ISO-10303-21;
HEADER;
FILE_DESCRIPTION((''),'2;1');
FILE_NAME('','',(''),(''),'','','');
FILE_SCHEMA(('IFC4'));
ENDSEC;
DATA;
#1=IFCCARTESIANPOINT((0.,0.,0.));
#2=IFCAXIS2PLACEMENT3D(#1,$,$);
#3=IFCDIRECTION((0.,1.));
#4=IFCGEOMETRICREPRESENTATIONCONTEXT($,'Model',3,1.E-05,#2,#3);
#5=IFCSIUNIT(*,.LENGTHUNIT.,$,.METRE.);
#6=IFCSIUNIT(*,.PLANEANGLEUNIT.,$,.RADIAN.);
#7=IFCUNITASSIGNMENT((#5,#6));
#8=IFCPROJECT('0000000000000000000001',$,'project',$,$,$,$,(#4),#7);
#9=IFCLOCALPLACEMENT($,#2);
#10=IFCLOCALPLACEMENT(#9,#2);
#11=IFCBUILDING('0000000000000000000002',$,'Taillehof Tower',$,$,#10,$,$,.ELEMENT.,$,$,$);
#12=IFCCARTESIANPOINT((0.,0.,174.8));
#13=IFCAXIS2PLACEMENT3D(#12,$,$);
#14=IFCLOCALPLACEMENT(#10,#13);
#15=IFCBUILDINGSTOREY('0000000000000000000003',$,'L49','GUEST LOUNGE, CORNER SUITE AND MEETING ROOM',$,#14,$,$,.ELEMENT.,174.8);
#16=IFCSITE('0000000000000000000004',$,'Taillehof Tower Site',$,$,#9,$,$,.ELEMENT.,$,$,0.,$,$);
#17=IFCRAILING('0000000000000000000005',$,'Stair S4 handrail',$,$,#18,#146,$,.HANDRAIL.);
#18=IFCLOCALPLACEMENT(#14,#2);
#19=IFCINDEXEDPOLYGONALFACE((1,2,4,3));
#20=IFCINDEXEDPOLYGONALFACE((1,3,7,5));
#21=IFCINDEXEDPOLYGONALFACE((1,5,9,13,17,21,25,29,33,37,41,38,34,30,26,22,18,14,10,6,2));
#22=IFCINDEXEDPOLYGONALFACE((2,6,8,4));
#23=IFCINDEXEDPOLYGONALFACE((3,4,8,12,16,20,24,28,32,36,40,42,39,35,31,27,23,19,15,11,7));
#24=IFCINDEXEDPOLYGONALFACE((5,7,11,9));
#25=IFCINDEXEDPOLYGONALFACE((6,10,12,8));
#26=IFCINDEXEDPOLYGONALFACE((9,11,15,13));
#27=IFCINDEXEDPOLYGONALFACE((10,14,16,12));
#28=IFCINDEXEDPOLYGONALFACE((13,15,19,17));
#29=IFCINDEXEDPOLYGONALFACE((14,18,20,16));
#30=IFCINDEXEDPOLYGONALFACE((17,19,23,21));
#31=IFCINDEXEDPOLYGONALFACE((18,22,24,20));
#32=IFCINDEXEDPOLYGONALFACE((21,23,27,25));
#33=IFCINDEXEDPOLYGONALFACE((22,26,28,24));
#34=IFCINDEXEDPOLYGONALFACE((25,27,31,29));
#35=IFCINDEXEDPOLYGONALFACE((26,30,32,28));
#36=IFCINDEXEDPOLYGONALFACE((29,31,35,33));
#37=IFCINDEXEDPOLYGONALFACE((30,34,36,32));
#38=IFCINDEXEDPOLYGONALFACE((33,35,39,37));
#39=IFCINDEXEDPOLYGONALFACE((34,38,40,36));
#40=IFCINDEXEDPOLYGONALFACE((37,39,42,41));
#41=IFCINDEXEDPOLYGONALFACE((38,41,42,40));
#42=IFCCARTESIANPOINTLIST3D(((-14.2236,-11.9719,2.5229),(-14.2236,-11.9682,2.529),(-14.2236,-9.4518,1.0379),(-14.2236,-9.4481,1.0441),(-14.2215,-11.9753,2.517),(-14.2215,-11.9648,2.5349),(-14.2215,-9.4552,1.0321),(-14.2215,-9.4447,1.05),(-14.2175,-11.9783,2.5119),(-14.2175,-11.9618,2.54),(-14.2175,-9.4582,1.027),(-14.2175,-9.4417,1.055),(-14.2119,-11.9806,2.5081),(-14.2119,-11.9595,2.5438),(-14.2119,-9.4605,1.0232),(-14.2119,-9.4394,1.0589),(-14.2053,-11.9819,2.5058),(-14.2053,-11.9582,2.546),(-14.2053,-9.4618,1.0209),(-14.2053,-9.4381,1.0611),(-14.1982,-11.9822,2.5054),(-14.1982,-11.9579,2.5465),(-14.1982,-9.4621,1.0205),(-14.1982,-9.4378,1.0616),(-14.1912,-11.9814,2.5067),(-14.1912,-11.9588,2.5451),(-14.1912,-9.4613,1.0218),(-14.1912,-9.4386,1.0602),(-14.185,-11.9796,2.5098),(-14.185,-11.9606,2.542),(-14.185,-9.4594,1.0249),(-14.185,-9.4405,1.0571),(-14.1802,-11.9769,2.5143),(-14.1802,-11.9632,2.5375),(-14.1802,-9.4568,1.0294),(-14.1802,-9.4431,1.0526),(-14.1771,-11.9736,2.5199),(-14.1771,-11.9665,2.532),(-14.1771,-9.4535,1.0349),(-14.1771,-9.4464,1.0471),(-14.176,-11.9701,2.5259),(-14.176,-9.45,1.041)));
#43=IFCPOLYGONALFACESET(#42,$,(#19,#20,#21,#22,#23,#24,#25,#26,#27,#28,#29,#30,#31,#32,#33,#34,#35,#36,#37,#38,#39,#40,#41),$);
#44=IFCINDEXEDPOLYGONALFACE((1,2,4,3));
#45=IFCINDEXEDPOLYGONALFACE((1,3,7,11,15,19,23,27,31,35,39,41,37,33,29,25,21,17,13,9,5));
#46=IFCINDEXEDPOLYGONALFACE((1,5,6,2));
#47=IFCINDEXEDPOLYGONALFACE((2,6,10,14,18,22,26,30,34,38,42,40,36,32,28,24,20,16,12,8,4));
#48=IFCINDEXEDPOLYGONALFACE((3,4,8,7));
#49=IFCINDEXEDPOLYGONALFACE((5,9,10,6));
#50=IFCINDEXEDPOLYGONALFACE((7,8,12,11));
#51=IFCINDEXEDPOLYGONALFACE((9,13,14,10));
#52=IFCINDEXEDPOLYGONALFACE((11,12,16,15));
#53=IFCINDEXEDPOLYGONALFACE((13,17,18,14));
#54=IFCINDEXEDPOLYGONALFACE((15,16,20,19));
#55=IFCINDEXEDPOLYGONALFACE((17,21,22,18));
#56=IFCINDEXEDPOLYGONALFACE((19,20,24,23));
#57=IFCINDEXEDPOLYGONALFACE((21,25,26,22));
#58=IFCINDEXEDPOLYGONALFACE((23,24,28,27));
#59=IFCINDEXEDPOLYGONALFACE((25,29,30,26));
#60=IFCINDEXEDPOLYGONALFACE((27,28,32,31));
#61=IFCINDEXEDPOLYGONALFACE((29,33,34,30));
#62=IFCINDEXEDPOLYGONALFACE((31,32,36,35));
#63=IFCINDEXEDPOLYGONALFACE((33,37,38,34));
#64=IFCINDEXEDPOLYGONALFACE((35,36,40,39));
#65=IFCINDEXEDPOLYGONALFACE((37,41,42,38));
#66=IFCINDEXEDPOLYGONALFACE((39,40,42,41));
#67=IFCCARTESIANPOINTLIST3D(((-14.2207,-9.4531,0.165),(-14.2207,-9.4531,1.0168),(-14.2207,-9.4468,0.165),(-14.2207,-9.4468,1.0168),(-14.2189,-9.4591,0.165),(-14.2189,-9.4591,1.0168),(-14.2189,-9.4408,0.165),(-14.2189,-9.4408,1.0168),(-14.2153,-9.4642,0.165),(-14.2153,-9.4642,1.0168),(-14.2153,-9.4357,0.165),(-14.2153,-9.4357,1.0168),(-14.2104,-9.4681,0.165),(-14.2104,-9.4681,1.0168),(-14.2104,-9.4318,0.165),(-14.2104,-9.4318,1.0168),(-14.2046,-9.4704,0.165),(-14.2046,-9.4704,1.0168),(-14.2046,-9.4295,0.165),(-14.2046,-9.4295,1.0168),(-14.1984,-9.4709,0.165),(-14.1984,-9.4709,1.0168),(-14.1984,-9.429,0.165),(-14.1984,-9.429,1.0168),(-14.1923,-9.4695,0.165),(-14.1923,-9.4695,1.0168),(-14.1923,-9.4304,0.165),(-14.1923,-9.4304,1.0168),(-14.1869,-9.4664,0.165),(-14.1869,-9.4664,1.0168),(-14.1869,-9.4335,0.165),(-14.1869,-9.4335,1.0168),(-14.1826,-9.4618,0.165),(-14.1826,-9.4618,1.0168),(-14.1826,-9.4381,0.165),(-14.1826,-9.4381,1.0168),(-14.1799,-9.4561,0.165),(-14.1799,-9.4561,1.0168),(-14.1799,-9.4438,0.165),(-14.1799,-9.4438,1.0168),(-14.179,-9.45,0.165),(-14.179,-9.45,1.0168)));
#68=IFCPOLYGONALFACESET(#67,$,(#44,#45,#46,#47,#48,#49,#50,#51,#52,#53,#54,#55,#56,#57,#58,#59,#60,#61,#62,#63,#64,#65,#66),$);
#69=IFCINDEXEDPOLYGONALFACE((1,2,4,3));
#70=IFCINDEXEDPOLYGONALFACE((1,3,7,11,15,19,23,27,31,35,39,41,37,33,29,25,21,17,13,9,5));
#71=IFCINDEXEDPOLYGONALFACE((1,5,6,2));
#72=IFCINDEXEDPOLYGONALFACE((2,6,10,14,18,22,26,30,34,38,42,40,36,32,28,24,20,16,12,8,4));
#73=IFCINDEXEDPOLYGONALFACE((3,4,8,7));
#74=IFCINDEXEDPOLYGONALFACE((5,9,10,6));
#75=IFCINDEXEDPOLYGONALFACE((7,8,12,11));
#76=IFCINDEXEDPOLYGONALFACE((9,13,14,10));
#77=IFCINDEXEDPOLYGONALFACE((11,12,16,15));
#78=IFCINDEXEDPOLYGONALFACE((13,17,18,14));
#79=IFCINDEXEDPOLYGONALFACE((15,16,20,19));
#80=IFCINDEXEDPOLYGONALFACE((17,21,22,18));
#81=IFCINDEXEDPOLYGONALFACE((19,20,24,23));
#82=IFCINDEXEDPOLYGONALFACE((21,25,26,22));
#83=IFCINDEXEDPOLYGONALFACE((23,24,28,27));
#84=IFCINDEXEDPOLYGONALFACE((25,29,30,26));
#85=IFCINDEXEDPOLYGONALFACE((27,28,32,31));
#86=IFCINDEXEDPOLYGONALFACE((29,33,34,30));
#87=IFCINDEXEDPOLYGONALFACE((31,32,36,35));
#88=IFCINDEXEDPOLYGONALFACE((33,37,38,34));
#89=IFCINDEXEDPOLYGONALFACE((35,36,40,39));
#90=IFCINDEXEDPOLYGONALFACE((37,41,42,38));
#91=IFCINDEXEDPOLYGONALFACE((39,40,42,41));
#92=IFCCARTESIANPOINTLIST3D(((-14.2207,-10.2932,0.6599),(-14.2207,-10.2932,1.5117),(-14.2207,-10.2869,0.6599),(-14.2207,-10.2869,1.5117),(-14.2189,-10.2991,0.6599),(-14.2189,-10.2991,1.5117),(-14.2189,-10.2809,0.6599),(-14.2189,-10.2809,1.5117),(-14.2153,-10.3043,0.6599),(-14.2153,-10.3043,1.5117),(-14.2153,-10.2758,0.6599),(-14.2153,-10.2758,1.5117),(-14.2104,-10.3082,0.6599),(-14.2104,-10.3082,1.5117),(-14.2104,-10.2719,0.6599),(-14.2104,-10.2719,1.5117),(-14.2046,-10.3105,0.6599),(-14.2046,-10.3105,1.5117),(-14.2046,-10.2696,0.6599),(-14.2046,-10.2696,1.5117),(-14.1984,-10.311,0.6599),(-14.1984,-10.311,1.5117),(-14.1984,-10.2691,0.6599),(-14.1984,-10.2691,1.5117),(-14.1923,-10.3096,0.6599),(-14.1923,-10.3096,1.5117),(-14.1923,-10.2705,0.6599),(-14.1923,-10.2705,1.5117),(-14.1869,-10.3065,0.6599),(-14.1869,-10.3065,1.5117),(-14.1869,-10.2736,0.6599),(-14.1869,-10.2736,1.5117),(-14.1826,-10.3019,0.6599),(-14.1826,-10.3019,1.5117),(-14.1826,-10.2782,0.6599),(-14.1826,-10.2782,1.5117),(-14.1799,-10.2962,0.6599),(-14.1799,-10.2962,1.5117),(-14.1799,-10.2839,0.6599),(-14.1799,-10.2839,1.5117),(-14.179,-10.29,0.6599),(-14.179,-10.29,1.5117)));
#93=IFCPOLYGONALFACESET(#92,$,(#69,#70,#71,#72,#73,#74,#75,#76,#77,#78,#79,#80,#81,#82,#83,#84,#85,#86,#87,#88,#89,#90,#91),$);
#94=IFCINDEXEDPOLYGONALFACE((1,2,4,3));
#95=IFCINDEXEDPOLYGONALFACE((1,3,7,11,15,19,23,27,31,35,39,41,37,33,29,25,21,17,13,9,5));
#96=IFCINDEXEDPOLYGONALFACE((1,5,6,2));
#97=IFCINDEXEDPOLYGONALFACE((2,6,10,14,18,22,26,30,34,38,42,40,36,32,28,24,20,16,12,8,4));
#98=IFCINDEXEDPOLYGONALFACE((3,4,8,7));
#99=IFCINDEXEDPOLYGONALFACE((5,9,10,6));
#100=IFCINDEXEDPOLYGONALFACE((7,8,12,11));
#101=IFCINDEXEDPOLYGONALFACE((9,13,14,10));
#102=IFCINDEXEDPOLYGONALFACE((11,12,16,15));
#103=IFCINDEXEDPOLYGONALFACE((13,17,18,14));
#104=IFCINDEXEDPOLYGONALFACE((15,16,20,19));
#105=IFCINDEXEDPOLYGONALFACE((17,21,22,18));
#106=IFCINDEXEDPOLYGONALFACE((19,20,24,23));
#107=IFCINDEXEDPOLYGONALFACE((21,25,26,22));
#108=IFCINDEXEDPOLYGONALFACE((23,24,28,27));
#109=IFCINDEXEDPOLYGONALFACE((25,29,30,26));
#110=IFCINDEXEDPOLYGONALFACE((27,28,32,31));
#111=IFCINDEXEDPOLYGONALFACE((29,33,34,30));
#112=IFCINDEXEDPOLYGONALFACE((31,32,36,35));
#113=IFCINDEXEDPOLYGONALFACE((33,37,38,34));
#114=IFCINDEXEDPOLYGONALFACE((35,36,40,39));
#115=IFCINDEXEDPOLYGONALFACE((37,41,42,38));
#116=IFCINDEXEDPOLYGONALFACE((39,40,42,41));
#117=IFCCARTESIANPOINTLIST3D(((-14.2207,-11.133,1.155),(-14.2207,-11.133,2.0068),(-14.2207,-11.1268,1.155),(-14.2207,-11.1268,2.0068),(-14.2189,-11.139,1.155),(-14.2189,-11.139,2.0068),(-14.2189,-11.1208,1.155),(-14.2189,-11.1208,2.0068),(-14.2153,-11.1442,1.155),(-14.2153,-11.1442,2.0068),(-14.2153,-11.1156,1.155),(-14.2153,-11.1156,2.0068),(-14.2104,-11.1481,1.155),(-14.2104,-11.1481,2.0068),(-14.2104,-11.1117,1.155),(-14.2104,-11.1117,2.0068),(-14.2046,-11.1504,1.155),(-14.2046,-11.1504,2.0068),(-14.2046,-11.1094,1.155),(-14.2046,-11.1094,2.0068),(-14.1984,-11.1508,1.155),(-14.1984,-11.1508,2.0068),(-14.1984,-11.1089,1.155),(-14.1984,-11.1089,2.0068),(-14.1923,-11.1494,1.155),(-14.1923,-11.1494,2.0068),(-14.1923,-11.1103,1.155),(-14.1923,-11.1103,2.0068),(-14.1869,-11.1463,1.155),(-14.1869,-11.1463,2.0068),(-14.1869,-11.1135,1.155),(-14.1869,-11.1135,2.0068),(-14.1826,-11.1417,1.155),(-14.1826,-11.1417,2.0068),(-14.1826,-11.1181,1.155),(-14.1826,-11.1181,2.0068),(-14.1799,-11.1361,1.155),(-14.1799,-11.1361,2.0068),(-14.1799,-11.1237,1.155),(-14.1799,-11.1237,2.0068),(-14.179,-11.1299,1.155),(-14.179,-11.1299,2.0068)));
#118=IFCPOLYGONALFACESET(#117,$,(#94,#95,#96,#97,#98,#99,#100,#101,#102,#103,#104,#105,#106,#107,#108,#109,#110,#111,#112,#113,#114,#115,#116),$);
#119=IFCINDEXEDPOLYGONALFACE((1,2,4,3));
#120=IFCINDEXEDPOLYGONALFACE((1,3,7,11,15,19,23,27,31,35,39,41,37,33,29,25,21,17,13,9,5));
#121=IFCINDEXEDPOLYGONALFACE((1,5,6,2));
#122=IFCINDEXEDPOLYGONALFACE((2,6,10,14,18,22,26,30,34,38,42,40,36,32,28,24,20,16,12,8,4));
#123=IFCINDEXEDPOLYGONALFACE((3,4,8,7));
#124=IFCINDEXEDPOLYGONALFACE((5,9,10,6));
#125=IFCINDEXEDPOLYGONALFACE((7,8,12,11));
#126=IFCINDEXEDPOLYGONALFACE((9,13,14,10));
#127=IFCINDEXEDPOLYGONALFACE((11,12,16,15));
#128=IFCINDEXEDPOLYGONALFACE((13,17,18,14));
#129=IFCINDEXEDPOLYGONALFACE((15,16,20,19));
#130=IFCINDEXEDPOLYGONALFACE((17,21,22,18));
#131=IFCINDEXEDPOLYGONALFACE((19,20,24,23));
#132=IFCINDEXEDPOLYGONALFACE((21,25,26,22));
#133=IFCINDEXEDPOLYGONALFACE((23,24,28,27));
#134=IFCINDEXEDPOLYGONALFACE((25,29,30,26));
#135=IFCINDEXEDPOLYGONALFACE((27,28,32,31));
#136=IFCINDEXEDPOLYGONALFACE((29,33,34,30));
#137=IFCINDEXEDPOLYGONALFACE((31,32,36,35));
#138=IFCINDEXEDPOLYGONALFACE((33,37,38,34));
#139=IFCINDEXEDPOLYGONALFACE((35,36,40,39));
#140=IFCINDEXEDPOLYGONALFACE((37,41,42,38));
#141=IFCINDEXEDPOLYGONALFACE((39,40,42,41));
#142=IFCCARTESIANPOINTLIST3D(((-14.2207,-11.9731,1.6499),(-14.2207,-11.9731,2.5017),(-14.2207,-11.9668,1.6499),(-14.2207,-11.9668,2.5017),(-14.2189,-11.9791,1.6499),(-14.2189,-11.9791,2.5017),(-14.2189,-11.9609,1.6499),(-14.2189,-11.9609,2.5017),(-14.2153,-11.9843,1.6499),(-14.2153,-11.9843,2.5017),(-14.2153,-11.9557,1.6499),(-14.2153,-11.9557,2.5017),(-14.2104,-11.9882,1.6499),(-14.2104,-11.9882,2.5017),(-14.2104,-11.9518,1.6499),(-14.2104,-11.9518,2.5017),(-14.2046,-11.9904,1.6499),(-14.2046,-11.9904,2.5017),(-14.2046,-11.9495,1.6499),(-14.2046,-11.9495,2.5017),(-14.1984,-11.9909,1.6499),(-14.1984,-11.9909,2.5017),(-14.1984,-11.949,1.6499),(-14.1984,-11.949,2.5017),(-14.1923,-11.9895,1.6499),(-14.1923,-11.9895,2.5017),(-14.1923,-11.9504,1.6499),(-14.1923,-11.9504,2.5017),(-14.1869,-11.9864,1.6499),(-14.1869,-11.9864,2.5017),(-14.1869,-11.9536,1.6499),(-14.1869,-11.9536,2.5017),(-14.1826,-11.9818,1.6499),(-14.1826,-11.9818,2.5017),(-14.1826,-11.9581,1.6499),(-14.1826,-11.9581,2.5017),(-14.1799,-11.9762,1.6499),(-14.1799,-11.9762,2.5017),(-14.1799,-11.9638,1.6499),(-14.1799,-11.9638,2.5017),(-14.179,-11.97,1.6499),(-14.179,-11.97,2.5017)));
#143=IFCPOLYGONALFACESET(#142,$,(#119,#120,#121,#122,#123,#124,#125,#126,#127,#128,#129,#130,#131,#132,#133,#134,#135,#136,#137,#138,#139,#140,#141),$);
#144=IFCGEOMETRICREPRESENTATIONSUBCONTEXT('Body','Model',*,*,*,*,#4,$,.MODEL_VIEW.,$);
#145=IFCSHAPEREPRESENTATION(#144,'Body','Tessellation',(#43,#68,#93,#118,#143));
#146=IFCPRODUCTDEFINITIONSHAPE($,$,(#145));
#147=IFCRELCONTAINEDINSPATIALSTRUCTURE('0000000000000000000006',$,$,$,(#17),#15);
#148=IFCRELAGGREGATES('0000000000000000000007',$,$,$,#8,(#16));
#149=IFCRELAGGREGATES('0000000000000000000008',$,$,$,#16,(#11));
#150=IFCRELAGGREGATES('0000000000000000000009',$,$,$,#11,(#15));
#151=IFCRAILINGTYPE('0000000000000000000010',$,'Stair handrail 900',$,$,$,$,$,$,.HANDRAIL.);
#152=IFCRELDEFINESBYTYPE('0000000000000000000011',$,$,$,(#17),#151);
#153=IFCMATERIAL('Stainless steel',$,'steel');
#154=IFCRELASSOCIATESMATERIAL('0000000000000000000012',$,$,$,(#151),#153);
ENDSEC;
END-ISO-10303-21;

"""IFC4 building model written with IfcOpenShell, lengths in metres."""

from ifc_helpers import new_model, si_unit, direction, frame, origin, origin_2d, place, context, subcontext, project, spatial, circle, extrude, material, type_object, element, save


model = new_model("IFC4")

# Units and contexts
model_context = context("Model", 3, precision=1e-05, world=origin(), true_north=direction((0.0, 1.0)))
body_context = subcontext(model_context, "Body", "Model", "MODEL_VIEW")
ifc_project = project(units=[si_unit("LENGTHUNIT", "METRE"), si_unit("PLANEANGLEUNIT", "RADIAN")], contexts=[model_context])

# Site, building, storey
site_placement = place(None, origin())
site = spatial("IfcSite", under=ifc_project, at=site_placement, Name="Taillehof Tower Site", CompositionType="ELEMENT", RefElevation=0.0)
building_placement = place(site_placement, origin())
building = spatial("IfcBuilding", under=site, at=building_placement, Name="Taillehof Tower", CompositionType="ELEMENT")
storey_placement = place(building_placement, frame((0.0, 0.0, 174.8)))
storey = spatial("IfcBuildingStorey", under=building, at=storey_placement, Name="L49", Description="GUEST LOUNGE, CORNER SUITE AND MEETING ROOM", CompositionType="ELEMENT", Elevation=174.8)

# Railing
ifc_material_1 = material(Name="Stainless steel", Category="steel")
railing_type = type_object("IfcRailingType", Name="Stair handrail 900", PredefinedType="HANDRAIL", material=ifc_material_1)
railing_1_placement = place(storey_placement, frame((-14.2, -9.45, 0.165)))
element("IfcRailing", 1, at=railing_1_placement, inside=storey, type_object=railing_type, Name="Stair S4 handrail", PredefinedType="HANDRAIL", context=body_context, shape_type="SweptSolid", body=[
    extrude(circle(Radius=0.0239, at=origin_2d()), frame((0.0, 0.0, 0.876), z_axis=(0.0, -0.861561, 0.507655), x_axis=(1.0, 0.0, 0.0)), (0.0, 0.0, 1.0), 2.925),
    extrude(circle(Radius=0.021, at=origin_2d()), origin(), (0.0, 0.0, 1.0), 0.8518),
    extrude(circle(Radius=0.021, at=origin_2d()), frame((0.0, -0.8401, 0.4949)), (0.0, 0.0, 1.0), 0.8518),
    extrude(circle(Radius=0.021, at=origin_2d()), frame((0.0, -1.6799, 0.99)), (0.0, 0.0, 1.0), 0.8518),
    extrude(circle(Radius=0.021, at=origin_2d()), frame((0.0, -2.52, 1.4849)), (0.0, 0.0, 1.0), 0.8518),
])

save(model, "model.ifc")
